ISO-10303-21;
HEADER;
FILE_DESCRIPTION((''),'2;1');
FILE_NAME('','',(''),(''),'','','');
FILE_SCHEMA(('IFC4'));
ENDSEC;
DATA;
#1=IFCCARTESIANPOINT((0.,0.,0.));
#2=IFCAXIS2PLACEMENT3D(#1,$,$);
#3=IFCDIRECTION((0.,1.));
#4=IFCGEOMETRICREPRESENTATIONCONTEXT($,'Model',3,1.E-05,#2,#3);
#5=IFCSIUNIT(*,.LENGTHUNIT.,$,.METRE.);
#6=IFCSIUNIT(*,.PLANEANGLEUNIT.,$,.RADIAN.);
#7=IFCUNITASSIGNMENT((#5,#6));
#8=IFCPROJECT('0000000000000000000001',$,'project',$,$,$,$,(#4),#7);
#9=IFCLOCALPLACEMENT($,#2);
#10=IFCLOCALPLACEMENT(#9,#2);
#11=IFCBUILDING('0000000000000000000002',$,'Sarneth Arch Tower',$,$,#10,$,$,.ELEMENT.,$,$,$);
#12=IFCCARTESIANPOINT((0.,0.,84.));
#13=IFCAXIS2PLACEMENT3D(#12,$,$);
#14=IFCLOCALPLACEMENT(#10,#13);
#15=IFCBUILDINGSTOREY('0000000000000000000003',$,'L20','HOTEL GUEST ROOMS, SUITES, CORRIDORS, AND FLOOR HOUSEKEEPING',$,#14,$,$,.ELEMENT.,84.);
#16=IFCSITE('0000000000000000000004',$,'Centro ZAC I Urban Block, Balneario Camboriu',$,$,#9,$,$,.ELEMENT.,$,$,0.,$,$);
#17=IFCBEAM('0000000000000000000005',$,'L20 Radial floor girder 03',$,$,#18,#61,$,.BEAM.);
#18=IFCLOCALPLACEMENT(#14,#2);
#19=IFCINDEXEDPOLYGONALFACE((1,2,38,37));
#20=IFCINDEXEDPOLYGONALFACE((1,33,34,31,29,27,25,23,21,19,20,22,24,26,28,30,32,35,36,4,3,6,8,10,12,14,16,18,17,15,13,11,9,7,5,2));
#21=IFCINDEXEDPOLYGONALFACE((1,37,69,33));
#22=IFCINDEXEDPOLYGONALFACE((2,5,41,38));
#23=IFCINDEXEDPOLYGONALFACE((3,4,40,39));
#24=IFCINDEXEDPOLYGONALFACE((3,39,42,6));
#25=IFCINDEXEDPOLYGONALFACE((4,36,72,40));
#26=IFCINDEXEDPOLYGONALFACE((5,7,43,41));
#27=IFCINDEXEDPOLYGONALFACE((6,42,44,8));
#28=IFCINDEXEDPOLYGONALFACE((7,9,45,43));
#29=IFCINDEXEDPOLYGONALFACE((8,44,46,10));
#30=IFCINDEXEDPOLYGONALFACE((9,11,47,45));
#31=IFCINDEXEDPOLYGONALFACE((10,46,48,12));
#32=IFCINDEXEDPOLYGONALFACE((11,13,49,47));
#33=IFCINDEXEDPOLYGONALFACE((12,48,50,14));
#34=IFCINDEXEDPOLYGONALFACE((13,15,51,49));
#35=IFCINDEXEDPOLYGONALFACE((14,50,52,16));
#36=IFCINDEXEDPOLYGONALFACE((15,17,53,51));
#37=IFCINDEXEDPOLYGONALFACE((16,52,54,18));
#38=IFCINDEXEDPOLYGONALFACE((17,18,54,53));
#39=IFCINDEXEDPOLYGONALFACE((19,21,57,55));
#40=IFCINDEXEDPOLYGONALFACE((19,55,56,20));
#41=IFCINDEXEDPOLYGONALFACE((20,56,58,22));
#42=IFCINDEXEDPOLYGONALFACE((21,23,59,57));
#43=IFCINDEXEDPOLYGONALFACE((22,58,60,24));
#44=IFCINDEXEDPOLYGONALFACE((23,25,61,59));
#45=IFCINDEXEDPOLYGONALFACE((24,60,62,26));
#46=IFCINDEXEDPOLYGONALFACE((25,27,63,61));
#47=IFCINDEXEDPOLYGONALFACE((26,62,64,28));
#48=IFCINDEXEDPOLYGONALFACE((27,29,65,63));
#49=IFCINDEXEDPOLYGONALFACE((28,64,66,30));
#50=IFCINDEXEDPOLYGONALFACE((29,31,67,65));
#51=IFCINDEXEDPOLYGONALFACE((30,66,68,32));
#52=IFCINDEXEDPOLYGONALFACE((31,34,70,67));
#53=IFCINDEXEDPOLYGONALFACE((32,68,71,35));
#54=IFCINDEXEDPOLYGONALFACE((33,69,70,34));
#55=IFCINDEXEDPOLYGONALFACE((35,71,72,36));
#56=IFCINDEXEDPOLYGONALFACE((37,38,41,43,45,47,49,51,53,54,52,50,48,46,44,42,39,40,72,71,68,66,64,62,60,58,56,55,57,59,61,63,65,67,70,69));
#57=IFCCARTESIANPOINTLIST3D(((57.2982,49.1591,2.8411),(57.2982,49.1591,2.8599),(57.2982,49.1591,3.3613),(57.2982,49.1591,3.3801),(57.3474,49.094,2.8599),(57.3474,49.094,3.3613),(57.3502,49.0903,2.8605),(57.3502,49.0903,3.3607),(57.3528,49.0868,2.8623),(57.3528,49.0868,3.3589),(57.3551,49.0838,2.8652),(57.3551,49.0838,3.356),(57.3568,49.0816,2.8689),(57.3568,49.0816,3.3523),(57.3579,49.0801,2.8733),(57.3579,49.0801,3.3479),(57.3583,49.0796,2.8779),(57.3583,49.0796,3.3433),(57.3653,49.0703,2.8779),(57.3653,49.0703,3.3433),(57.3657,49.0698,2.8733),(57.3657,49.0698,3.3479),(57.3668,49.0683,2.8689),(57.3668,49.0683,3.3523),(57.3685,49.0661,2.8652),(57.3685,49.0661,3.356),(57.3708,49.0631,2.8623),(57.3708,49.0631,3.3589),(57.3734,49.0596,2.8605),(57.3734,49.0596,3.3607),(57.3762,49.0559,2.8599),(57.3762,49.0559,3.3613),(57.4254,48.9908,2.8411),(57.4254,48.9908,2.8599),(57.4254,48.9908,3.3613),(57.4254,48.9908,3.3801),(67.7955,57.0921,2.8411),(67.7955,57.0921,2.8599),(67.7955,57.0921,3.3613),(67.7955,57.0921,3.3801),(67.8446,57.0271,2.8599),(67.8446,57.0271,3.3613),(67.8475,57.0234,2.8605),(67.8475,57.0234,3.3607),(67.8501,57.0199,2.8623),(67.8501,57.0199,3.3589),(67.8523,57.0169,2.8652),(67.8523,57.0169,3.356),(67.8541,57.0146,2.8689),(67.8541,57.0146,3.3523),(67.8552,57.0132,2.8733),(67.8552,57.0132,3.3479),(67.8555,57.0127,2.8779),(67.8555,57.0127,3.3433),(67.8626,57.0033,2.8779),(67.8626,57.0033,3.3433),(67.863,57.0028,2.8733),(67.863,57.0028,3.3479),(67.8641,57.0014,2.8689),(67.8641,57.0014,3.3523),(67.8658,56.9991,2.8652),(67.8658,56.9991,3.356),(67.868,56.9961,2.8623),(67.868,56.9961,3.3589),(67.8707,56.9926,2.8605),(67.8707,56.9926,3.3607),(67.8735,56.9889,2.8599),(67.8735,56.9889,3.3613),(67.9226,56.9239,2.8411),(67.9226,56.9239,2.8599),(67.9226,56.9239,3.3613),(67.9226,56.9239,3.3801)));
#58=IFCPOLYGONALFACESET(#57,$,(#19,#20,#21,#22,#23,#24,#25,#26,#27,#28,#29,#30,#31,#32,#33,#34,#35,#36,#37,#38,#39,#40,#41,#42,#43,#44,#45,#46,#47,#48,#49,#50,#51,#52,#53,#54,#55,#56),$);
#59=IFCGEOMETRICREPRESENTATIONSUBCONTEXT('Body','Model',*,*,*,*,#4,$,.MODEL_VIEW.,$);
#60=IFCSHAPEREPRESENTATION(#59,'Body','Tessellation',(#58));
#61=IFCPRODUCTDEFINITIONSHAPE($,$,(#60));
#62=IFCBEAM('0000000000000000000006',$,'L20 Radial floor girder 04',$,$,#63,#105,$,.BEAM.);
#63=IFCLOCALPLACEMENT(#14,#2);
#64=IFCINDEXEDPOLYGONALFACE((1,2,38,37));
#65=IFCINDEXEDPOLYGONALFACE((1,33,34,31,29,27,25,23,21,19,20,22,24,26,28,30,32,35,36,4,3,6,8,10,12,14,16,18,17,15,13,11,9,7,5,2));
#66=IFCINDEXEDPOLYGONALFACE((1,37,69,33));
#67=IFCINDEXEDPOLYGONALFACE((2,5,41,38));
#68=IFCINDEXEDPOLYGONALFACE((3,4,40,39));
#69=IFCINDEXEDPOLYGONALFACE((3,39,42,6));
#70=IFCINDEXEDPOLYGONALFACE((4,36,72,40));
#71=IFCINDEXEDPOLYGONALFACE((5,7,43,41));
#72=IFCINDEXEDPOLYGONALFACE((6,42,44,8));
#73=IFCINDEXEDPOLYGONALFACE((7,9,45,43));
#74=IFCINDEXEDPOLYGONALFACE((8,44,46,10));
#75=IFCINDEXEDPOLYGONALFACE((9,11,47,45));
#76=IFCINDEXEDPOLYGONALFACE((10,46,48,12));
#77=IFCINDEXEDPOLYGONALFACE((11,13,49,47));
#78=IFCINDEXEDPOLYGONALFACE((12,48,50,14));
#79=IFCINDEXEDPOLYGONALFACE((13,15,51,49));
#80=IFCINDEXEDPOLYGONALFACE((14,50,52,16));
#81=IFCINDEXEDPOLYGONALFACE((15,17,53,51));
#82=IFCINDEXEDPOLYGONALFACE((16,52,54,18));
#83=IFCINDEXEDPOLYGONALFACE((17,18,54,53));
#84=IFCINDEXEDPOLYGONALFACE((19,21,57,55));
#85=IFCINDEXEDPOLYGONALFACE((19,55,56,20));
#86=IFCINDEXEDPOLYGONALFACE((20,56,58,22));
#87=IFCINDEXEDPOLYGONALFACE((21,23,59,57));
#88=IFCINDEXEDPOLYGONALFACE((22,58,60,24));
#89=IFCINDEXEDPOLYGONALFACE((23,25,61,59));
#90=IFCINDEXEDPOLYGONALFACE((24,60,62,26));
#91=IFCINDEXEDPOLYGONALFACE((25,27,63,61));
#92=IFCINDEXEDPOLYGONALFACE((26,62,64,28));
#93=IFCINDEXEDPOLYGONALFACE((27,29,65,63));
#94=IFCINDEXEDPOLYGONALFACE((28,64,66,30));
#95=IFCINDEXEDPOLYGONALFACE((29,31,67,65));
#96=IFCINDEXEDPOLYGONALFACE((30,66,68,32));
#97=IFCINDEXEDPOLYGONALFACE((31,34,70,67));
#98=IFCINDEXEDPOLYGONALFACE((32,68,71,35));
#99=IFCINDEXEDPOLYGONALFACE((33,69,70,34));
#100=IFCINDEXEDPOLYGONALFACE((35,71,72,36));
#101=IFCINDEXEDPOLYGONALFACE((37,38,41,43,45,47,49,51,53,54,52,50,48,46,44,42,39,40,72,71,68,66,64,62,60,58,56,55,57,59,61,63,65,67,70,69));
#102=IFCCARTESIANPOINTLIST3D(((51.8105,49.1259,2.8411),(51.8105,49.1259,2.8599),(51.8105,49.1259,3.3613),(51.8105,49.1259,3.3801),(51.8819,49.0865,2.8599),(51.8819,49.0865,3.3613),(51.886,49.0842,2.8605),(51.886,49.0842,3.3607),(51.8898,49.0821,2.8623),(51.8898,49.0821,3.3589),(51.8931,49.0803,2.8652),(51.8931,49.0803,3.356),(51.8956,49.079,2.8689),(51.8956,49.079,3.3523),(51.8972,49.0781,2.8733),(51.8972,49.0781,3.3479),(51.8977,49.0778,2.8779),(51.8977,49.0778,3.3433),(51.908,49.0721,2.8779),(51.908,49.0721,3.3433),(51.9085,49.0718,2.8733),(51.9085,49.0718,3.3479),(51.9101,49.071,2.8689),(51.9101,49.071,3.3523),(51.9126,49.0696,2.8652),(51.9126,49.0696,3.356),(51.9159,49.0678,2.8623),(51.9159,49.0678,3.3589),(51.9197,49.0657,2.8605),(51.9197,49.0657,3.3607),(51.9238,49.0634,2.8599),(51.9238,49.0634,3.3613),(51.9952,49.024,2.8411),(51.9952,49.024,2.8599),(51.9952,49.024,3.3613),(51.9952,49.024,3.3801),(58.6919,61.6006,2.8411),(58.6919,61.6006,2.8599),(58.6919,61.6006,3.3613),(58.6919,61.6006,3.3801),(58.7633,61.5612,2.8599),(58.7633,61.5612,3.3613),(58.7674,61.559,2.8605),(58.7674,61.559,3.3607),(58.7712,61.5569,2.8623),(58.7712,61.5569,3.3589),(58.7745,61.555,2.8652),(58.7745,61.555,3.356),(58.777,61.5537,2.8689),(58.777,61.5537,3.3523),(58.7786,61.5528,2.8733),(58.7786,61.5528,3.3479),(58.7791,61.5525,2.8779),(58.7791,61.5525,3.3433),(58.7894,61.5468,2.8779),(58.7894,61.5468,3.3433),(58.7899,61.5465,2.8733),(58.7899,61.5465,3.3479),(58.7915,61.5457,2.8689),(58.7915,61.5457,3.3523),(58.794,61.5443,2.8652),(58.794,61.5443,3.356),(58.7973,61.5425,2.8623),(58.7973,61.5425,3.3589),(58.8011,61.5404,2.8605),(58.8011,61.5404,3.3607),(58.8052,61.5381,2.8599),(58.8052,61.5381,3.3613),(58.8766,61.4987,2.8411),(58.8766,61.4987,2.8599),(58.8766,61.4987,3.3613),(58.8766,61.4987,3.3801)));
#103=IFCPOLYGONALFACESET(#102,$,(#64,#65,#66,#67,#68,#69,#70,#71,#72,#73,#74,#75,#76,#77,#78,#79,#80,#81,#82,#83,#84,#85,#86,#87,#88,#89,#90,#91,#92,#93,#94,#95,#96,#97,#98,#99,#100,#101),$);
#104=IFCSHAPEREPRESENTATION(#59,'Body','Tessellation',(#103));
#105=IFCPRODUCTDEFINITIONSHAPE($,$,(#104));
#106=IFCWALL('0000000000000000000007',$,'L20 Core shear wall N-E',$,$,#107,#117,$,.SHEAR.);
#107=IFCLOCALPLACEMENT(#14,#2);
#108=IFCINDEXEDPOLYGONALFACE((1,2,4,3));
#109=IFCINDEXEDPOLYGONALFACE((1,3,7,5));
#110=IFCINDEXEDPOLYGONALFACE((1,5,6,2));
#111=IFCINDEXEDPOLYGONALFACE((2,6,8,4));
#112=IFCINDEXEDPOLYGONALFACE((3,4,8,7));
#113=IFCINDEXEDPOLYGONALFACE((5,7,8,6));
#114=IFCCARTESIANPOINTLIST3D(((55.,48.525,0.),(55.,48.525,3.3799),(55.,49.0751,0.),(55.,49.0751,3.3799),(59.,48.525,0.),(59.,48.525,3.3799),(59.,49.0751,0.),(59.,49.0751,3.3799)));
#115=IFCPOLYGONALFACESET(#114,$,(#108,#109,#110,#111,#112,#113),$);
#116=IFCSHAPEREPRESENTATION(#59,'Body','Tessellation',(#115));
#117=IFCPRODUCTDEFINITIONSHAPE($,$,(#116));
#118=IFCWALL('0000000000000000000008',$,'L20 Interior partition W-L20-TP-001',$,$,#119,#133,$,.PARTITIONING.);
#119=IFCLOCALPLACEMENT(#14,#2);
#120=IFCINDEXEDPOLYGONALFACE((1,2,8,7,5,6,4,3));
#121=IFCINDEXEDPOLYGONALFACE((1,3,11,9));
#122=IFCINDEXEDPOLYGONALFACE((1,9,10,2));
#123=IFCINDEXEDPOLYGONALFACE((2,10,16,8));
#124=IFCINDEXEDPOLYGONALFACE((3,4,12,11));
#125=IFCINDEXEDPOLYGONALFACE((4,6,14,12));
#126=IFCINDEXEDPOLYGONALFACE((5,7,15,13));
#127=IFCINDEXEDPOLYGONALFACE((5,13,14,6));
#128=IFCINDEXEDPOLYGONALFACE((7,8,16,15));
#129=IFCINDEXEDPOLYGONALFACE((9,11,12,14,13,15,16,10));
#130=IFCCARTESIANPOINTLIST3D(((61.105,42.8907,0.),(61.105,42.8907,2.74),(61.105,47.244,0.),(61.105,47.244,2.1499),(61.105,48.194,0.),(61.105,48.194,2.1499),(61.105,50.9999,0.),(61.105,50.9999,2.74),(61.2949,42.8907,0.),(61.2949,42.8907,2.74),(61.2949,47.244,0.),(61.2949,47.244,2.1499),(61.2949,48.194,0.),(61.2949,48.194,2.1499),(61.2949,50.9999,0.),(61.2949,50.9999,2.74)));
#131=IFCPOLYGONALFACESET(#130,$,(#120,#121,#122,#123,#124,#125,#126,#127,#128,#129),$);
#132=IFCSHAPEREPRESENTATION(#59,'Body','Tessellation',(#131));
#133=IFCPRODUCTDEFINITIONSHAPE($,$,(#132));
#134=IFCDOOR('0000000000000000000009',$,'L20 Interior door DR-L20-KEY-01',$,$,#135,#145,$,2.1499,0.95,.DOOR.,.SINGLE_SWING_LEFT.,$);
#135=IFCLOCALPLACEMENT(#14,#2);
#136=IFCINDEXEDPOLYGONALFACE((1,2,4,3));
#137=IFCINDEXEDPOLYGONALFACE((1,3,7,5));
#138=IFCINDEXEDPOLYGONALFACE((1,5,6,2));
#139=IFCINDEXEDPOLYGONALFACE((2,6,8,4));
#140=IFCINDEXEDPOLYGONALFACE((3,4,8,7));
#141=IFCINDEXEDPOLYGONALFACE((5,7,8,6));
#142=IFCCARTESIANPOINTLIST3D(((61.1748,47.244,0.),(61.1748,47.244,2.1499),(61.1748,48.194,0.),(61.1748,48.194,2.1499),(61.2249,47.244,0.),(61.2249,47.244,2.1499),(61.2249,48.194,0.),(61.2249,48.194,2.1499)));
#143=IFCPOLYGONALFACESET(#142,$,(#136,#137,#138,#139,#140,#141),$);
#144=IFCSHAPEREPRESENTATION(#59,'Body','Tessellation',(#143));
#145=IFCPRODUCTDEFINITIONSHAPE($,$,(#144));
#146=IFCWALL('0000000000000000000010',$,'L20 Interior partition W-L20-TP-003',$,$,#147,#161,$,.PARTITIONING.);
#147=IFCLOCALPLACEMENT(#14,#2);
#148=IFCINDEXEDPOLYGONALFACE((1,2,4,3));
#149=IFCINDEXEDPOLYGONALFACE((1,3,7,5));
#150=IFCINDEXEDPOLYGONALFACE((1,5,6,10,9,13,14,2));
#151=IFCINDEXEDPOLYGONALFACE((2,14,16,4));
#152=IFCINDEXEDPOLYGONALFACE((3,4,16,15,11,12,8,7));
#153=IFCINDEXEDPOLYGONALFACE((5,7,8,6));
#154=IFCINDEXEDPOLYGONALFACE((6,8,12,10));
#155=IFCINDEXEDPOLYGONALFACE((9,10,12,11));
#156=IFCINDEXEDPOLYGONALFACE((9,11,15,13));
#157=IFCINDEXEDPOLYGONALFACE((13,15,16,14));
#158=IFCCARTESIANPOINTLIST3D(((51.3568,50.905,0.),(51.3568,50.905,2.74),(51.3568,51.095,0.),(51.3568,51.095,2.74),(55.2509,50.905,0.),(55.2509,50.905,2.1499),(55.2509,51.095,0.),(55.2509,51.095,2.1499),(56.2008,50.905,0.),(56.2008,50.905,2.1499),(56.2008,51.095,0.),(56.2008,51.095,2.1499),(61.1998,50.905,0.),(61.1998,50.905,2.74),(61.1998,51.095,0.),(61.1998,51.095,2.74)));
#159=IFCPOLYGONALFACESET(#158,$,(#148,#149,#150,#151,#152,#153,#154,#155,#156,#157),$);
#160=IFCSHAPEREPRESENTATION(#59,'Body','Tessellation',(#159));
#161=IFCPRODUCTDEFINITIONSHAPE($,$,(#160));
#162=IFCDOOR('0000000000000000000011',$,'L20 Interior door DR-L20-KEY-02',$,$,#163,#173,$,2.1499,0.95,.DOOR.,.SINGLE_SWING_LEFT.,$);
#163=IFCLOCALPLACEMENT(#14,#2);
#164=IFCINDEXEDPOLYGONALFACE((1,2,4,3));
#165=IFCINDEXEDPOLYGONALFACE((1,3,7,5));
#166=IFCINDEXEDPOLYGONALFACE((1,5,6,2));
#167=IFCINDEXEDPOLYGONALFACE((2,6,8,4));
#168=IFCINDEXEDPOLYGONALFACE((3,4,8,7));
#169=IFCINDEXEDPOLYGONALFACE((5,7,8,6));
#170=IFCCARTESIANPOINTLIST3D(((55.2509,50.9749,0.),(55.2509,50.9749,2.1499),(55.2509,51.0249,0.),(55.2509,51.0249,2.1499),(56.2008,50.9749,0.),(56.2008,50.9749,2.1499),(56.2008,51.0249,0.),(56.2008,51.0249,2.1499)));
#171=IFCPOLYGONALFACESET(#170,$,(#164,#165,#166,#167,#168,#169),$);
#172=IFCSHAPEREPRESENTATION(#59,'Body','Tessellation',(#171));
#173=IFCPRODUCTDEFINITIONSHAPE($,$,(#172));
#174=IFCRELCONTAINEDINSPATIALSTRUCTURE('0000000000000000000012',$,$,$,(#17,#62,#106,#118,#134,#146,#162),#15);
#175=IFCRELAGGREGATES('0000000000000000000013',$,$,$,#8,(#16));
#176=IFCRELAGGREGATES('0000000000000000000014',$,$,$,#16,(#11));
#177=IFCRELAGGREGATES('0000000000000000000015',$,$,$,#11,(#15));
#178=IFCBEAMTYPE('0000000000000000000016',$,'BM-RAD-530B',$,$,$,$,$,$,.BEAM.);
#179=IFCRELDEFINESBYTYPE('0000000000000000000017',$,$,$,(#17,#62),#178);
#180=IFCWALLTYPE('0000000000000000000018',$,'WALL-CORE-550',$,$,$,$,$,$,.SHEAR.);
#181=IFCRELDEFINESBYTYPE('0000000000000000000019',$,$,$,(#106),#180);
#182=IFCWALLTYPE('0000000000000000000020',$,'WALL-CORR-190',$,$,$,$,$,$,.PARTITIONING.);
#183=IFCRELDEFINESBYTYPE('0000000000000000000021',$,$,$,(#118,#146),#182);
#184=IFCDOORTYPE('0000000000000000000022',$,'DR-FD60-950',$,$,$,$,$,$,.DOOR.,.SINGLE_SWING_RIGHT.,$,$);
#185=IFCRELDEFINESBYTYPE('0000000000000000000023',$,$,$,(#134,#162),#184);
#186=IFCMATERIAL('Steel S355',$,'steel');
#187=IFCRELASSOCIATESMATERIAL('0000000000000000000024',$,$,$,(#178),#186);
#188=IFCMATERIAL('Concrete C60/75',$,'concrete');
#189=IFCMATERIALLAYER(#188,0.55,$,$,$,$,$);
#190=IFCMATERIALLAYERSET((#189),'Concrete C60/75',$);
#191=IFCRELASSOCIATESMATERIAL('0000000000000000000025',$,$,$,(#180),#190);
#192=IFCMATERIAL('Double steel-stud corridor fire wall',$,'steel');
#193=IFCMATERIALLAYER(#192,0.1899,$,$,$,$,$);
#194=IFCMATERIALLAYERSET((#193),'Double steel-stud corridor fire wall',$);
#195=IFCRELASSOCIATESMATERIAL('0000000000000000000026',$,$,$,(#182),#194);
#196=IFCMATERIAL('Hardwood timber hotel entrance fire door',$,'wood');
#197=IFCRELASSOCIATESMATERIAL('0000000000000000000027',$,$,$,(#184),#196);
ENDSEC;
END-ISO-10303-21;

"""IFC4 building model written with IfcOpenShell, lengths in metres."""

from ifc_helpers import new_model, si_unit, direction, frame, frame_2d, origin, origin_2d, place, context, subcontext, project, spatial, rectangle, i_section, extrude, material, layer, layer_set, material_profile, profile_set, type_object, element, fill, save


model = new_model("IFC4")

# Units and contexts
model_context = context("Model", 3, precision=1e-05, world=origin(), true_north=direction((0.0, 1.0)))
body_context = subcontext(model_context, "Body", "Model", "MODEL_VIEW")
ifc_project = project(units=[si_unit("LENGTHUNIT", "METRE"), si_unit("PLANEANGLEUNIT", "RADIAN")], contexts=[model_context])

# Site, building, storey
site_placement = place(None, origin())
site = spatial("IfcSite", under=ifc_project, at=site_placement, Name="Centro ZAC I Urban Block, Balneario Camboriu", CompositionType="ELEMENT", RefElevation=0.0)
building_placement = place(site_placement, origin())
building = spatial("IfcBuilding", under=site, at=building_placement, Name="Sarneth Arch Tower", CompositionType="ELEMENT")
storey_placement = place(building_placement, frame((0.0, 0.0, 84.0)))
storey = spatial("IfcBuildingStorey", under=building, at=storey_placement, Name="L20", Description="HOTEL GUEST ROOMS, SUITES, CORRIDORS, AND FLOOR HOUSEKEEPING", CompositionType="ELEMENT", Elevation=84.0)

# Beams
ifc_material_1 = material(Name="Steel S355", Category="steel")
ifc_material_profile_1 = material_profile(ifc_material_1, i_section(OverallWidth=0.2109, OverallDepth=0.5391, WebThickness=0.0117, FlangeThickness=0.0188, FilletRadius=0.0181, at=origin_2d()), Name="W530x109")
ifc_profile_set_1 = profile_set([ifc_material_profile_1], Name="Steel S355")
beam_type_1 = type_object("IfcBeamType", Name="BM-RAD-530B", PredefinedType="BEAM", material=ifc_profile_set_1)
beam_1_placement = place(storey_placement, frame((57.3618, 49.075, 3.1106), z_axis=(0.797801, 0.60292, 0.0), x_axis=(-0.60292, 0.797801, 0.0)))
element("IfcBeam", 1, at=beam_1_placement, inside=storey, type_object=beam_type_1, Name="L20 Radial floor girder 03", PredefinedType="BEAM", context=body_context, shape_type="SweptSolid", body=[
    extrude(i_section(OverallWidth=0.2109, OverallDepth=0.5391, WebThickness=0.0117, FlangeThickness=0.0188, FilletRadius=0.0181, at=origin_2d()), origin(), (0.0, 0.0, 1.0), 13.1577),
])
beam_2_placement = place(storey_placement, frame((51.9028, 49.075, 3.1106), z_axis=(0.483013, 0.875613, 0.0), x_axis=(-0.875613, 0.483013, 0.0)))
element("IfcBeam", 2, at=beam_2_placement, inside=storey, type_object=beam_type_1, Name="L20 Radial floor girder 04", PredefinedType="BEAM", context=body_context, shape_type="SweptSolid", body=[
    extrude(i_section(OverallWidth=0.2109, OverallDepth=0.5391, WebThickness=0.0117, FlangeThickness=0.0188, FilletRadius=0.0181, at=origin_2d()), origin(), (0.0, 0.0, 1.0), 14.2468),
])

# Wall
ifc_material_2 = material(Name="Concrete C60/75", Category="concrete")
ifc_layer_1 = layer(ifc_material_2, 0.55)
ifc_layer_set_1 = layer_set([ifc_layer_1], Name="Concrete C60/75")
wall_type_1 = type_object("IfcWallType", Name="WALL-CORE-550", PredefinedType="SHEAR", material=ifc_layer_set_1)
wall_1_placement = place(storey_placement, frame((55.0, 48.8, 0.0), z_axis=(0.0, 0.0, 1.0), x_axis=(1.0, 0.0, 0.0)))
element("IfcWall", 3, at=wall_1_placement, inside=storey, type_object=wall_type_1, Name="L20 Core shear wall N-E", PredefinedType="SHEAR", context=body_context, shape_type="SweptSolid", body=[
    extrude(rectangle(XDim=4.0, YDim=0.55, at=frame_2d((2.0, 0.0))), origin(), (0.0, 0.0, 1.0), 3.3799),
])

# Walls, openings, doors
ifc_material_3 = material(Name="Double steel-stud corridor fire wall", Category="steel")
ifc_layer_2 = layer(ifc_material_3, 0.1899)
ifc_layer_set_2 = layer_set([ifc_layer_2], Name="Double steel-stud corridor fire wall")
wall_type_2 = type_object("IfcWallType", Name="WALL-CORR-190", PredefinedType="PARTITIONING", material=ifc_layer_set_2)
wall_2_placement = place(storey_placement, frame((61.2, 51.0, 0.0), z_axis=(0.0, 0.0, 1.0), x_axis=(0.0, -1.0, 0.0)))
wall_2 = element("IfcWall", 4, at=wall_2_placement, inside=storey, type_object=wall_type_2, Name="L20 Interior partition W-L20-TP-001", PredefinedType="PARTITIONING", context=body_context, shape_type="SweptSolid", body=[
    extrude(rectangle(XDim=8.1091, YDim=0.1899, at=frame_2d((4.0547, 0.0))), origin(), (0.0, 0.0, 1.0), 2.74),
])
opening_1_placement = place(wall_2_placement, frame((2.8059, 0.0, 0.0)))
opening_1 = element("IfcOpeningElement", 5, at=opening_1_placement, cuts=wall_2, PredefinedType="OPENING", context=body_context, shape_type="SweptSolid", body=[
    extrude(rectangle(XDim=0.95, YDim=2.1499, at=frame_2d((0.4751, 1.075))), frame((0.0, 0.105, 0.0), z_axis=(0.0, -1.0, 0.0), x_axis=(1.0, 0.0, 0.0)), (0.0, 0.0, 1.0), 0.21),
])
ifc_material_4 = material(Name="Hardwood timber hotel entrance fire door", Category="wood")
door_type_1 = type_object("IfcDoorType", Name="DR-FD60-950", OperationType="SINGLE_SWING_RIGHT", PredefinedType="DOOR", material=ifc_material_4)
door_1_placement = place(opening_1_placement, origin())
door_1 = element("IfcDoor", 6, at=door_1_placement, inside=storey, type_object=door_type_1, Name="L20 Interior door DR-L20-KEY-01", OperationType="SINGLE_SWING_LEFT", OverallHeight=2.1499, OverallWidth=0.95, PredefinedType="DOOR", context=body_context, shape_type="SweptSolid", body=[
    extrude(rectangle(XDim=0.95, YDim=2.1499, at=frame_2d((0.4751, 1.075))), frame((0.0, 0.0249, 0.0), z_axis=(0.0, -1.0, 0.0), x_axis=(1.0, 0.0, 0.0)), (0.0, 0.0, 1.0), 0.05),
])
fill(opening_1, door_1)
wall_3_placement = place(storey_placement, frame((51.3569, 51.0, 0.0), z_axis=(0.0, 0.0, 1.0), x_axis=(1.0, 0.0, 0.0)))
wall_3 = element("IfcWall", 7, at=wall_3_placement, inside=storey, type_object=wall_type_2, Name="L20 Interior partition W-L20-TP-003", PredefinedType="PARTITIONING", context=body_context, shape_type="SweptSolid", body=[
    extrude(rectangle(XDim=9.843, YDim=0.1899, at=frame_2d((4.9214, 0.0))), origin(), (0.0, 0.0, 1.0), 2.74),
])
opening_2_placement = place(wall_3_placement, frame((3.8938, 0.0, 0.0)))
opening_2 = element("IfcOpeningElement", 8, at=opening_2_placement, cuts=wall_3, PredefinedType="OPENING", context=body_context, shape_type="SweptSolid", body=[
    extrude(rectangle(XDim=0.95, YDim=2.1499, at=frame_2d((0.4751, 1.075))), frame((0.0, 0.105, 0.0), z_axis=(0.0, -1.0, 0.0), x_axis=(1.0, 0.0, 0.0)), (0.0, 0.0, 1.0), 0.21),
])
door_2_placement = place(opening_2_placement, origin())
door_2 = element("IfcDoor", 9, at=door_2_placement, inside=storey, type_object=door_type_1, Name="L20 Interior door DR-L20-KEY-02", OperationType="SINGLE_SWING_LEFT", OverallHeight=2.1499, OverallWidth=0.95, PredefinedType="DOOR", context=body_context, shape_type="SweptSolid", body=[
    extrude(rectangle(XDim=0.95, YDim=2.1499, at=frame_2d((0.4751, 1.075))), frame((0.0, 0.0249, 0.0), z_axis=(0.0, -1.0, 0.0), x_axis=(1.0, 0.0, 0.0)), (0.0, 0.0, 1.0), 0.05),
])
fill(opening_2, door_2)

save(model, "model.ifc")
